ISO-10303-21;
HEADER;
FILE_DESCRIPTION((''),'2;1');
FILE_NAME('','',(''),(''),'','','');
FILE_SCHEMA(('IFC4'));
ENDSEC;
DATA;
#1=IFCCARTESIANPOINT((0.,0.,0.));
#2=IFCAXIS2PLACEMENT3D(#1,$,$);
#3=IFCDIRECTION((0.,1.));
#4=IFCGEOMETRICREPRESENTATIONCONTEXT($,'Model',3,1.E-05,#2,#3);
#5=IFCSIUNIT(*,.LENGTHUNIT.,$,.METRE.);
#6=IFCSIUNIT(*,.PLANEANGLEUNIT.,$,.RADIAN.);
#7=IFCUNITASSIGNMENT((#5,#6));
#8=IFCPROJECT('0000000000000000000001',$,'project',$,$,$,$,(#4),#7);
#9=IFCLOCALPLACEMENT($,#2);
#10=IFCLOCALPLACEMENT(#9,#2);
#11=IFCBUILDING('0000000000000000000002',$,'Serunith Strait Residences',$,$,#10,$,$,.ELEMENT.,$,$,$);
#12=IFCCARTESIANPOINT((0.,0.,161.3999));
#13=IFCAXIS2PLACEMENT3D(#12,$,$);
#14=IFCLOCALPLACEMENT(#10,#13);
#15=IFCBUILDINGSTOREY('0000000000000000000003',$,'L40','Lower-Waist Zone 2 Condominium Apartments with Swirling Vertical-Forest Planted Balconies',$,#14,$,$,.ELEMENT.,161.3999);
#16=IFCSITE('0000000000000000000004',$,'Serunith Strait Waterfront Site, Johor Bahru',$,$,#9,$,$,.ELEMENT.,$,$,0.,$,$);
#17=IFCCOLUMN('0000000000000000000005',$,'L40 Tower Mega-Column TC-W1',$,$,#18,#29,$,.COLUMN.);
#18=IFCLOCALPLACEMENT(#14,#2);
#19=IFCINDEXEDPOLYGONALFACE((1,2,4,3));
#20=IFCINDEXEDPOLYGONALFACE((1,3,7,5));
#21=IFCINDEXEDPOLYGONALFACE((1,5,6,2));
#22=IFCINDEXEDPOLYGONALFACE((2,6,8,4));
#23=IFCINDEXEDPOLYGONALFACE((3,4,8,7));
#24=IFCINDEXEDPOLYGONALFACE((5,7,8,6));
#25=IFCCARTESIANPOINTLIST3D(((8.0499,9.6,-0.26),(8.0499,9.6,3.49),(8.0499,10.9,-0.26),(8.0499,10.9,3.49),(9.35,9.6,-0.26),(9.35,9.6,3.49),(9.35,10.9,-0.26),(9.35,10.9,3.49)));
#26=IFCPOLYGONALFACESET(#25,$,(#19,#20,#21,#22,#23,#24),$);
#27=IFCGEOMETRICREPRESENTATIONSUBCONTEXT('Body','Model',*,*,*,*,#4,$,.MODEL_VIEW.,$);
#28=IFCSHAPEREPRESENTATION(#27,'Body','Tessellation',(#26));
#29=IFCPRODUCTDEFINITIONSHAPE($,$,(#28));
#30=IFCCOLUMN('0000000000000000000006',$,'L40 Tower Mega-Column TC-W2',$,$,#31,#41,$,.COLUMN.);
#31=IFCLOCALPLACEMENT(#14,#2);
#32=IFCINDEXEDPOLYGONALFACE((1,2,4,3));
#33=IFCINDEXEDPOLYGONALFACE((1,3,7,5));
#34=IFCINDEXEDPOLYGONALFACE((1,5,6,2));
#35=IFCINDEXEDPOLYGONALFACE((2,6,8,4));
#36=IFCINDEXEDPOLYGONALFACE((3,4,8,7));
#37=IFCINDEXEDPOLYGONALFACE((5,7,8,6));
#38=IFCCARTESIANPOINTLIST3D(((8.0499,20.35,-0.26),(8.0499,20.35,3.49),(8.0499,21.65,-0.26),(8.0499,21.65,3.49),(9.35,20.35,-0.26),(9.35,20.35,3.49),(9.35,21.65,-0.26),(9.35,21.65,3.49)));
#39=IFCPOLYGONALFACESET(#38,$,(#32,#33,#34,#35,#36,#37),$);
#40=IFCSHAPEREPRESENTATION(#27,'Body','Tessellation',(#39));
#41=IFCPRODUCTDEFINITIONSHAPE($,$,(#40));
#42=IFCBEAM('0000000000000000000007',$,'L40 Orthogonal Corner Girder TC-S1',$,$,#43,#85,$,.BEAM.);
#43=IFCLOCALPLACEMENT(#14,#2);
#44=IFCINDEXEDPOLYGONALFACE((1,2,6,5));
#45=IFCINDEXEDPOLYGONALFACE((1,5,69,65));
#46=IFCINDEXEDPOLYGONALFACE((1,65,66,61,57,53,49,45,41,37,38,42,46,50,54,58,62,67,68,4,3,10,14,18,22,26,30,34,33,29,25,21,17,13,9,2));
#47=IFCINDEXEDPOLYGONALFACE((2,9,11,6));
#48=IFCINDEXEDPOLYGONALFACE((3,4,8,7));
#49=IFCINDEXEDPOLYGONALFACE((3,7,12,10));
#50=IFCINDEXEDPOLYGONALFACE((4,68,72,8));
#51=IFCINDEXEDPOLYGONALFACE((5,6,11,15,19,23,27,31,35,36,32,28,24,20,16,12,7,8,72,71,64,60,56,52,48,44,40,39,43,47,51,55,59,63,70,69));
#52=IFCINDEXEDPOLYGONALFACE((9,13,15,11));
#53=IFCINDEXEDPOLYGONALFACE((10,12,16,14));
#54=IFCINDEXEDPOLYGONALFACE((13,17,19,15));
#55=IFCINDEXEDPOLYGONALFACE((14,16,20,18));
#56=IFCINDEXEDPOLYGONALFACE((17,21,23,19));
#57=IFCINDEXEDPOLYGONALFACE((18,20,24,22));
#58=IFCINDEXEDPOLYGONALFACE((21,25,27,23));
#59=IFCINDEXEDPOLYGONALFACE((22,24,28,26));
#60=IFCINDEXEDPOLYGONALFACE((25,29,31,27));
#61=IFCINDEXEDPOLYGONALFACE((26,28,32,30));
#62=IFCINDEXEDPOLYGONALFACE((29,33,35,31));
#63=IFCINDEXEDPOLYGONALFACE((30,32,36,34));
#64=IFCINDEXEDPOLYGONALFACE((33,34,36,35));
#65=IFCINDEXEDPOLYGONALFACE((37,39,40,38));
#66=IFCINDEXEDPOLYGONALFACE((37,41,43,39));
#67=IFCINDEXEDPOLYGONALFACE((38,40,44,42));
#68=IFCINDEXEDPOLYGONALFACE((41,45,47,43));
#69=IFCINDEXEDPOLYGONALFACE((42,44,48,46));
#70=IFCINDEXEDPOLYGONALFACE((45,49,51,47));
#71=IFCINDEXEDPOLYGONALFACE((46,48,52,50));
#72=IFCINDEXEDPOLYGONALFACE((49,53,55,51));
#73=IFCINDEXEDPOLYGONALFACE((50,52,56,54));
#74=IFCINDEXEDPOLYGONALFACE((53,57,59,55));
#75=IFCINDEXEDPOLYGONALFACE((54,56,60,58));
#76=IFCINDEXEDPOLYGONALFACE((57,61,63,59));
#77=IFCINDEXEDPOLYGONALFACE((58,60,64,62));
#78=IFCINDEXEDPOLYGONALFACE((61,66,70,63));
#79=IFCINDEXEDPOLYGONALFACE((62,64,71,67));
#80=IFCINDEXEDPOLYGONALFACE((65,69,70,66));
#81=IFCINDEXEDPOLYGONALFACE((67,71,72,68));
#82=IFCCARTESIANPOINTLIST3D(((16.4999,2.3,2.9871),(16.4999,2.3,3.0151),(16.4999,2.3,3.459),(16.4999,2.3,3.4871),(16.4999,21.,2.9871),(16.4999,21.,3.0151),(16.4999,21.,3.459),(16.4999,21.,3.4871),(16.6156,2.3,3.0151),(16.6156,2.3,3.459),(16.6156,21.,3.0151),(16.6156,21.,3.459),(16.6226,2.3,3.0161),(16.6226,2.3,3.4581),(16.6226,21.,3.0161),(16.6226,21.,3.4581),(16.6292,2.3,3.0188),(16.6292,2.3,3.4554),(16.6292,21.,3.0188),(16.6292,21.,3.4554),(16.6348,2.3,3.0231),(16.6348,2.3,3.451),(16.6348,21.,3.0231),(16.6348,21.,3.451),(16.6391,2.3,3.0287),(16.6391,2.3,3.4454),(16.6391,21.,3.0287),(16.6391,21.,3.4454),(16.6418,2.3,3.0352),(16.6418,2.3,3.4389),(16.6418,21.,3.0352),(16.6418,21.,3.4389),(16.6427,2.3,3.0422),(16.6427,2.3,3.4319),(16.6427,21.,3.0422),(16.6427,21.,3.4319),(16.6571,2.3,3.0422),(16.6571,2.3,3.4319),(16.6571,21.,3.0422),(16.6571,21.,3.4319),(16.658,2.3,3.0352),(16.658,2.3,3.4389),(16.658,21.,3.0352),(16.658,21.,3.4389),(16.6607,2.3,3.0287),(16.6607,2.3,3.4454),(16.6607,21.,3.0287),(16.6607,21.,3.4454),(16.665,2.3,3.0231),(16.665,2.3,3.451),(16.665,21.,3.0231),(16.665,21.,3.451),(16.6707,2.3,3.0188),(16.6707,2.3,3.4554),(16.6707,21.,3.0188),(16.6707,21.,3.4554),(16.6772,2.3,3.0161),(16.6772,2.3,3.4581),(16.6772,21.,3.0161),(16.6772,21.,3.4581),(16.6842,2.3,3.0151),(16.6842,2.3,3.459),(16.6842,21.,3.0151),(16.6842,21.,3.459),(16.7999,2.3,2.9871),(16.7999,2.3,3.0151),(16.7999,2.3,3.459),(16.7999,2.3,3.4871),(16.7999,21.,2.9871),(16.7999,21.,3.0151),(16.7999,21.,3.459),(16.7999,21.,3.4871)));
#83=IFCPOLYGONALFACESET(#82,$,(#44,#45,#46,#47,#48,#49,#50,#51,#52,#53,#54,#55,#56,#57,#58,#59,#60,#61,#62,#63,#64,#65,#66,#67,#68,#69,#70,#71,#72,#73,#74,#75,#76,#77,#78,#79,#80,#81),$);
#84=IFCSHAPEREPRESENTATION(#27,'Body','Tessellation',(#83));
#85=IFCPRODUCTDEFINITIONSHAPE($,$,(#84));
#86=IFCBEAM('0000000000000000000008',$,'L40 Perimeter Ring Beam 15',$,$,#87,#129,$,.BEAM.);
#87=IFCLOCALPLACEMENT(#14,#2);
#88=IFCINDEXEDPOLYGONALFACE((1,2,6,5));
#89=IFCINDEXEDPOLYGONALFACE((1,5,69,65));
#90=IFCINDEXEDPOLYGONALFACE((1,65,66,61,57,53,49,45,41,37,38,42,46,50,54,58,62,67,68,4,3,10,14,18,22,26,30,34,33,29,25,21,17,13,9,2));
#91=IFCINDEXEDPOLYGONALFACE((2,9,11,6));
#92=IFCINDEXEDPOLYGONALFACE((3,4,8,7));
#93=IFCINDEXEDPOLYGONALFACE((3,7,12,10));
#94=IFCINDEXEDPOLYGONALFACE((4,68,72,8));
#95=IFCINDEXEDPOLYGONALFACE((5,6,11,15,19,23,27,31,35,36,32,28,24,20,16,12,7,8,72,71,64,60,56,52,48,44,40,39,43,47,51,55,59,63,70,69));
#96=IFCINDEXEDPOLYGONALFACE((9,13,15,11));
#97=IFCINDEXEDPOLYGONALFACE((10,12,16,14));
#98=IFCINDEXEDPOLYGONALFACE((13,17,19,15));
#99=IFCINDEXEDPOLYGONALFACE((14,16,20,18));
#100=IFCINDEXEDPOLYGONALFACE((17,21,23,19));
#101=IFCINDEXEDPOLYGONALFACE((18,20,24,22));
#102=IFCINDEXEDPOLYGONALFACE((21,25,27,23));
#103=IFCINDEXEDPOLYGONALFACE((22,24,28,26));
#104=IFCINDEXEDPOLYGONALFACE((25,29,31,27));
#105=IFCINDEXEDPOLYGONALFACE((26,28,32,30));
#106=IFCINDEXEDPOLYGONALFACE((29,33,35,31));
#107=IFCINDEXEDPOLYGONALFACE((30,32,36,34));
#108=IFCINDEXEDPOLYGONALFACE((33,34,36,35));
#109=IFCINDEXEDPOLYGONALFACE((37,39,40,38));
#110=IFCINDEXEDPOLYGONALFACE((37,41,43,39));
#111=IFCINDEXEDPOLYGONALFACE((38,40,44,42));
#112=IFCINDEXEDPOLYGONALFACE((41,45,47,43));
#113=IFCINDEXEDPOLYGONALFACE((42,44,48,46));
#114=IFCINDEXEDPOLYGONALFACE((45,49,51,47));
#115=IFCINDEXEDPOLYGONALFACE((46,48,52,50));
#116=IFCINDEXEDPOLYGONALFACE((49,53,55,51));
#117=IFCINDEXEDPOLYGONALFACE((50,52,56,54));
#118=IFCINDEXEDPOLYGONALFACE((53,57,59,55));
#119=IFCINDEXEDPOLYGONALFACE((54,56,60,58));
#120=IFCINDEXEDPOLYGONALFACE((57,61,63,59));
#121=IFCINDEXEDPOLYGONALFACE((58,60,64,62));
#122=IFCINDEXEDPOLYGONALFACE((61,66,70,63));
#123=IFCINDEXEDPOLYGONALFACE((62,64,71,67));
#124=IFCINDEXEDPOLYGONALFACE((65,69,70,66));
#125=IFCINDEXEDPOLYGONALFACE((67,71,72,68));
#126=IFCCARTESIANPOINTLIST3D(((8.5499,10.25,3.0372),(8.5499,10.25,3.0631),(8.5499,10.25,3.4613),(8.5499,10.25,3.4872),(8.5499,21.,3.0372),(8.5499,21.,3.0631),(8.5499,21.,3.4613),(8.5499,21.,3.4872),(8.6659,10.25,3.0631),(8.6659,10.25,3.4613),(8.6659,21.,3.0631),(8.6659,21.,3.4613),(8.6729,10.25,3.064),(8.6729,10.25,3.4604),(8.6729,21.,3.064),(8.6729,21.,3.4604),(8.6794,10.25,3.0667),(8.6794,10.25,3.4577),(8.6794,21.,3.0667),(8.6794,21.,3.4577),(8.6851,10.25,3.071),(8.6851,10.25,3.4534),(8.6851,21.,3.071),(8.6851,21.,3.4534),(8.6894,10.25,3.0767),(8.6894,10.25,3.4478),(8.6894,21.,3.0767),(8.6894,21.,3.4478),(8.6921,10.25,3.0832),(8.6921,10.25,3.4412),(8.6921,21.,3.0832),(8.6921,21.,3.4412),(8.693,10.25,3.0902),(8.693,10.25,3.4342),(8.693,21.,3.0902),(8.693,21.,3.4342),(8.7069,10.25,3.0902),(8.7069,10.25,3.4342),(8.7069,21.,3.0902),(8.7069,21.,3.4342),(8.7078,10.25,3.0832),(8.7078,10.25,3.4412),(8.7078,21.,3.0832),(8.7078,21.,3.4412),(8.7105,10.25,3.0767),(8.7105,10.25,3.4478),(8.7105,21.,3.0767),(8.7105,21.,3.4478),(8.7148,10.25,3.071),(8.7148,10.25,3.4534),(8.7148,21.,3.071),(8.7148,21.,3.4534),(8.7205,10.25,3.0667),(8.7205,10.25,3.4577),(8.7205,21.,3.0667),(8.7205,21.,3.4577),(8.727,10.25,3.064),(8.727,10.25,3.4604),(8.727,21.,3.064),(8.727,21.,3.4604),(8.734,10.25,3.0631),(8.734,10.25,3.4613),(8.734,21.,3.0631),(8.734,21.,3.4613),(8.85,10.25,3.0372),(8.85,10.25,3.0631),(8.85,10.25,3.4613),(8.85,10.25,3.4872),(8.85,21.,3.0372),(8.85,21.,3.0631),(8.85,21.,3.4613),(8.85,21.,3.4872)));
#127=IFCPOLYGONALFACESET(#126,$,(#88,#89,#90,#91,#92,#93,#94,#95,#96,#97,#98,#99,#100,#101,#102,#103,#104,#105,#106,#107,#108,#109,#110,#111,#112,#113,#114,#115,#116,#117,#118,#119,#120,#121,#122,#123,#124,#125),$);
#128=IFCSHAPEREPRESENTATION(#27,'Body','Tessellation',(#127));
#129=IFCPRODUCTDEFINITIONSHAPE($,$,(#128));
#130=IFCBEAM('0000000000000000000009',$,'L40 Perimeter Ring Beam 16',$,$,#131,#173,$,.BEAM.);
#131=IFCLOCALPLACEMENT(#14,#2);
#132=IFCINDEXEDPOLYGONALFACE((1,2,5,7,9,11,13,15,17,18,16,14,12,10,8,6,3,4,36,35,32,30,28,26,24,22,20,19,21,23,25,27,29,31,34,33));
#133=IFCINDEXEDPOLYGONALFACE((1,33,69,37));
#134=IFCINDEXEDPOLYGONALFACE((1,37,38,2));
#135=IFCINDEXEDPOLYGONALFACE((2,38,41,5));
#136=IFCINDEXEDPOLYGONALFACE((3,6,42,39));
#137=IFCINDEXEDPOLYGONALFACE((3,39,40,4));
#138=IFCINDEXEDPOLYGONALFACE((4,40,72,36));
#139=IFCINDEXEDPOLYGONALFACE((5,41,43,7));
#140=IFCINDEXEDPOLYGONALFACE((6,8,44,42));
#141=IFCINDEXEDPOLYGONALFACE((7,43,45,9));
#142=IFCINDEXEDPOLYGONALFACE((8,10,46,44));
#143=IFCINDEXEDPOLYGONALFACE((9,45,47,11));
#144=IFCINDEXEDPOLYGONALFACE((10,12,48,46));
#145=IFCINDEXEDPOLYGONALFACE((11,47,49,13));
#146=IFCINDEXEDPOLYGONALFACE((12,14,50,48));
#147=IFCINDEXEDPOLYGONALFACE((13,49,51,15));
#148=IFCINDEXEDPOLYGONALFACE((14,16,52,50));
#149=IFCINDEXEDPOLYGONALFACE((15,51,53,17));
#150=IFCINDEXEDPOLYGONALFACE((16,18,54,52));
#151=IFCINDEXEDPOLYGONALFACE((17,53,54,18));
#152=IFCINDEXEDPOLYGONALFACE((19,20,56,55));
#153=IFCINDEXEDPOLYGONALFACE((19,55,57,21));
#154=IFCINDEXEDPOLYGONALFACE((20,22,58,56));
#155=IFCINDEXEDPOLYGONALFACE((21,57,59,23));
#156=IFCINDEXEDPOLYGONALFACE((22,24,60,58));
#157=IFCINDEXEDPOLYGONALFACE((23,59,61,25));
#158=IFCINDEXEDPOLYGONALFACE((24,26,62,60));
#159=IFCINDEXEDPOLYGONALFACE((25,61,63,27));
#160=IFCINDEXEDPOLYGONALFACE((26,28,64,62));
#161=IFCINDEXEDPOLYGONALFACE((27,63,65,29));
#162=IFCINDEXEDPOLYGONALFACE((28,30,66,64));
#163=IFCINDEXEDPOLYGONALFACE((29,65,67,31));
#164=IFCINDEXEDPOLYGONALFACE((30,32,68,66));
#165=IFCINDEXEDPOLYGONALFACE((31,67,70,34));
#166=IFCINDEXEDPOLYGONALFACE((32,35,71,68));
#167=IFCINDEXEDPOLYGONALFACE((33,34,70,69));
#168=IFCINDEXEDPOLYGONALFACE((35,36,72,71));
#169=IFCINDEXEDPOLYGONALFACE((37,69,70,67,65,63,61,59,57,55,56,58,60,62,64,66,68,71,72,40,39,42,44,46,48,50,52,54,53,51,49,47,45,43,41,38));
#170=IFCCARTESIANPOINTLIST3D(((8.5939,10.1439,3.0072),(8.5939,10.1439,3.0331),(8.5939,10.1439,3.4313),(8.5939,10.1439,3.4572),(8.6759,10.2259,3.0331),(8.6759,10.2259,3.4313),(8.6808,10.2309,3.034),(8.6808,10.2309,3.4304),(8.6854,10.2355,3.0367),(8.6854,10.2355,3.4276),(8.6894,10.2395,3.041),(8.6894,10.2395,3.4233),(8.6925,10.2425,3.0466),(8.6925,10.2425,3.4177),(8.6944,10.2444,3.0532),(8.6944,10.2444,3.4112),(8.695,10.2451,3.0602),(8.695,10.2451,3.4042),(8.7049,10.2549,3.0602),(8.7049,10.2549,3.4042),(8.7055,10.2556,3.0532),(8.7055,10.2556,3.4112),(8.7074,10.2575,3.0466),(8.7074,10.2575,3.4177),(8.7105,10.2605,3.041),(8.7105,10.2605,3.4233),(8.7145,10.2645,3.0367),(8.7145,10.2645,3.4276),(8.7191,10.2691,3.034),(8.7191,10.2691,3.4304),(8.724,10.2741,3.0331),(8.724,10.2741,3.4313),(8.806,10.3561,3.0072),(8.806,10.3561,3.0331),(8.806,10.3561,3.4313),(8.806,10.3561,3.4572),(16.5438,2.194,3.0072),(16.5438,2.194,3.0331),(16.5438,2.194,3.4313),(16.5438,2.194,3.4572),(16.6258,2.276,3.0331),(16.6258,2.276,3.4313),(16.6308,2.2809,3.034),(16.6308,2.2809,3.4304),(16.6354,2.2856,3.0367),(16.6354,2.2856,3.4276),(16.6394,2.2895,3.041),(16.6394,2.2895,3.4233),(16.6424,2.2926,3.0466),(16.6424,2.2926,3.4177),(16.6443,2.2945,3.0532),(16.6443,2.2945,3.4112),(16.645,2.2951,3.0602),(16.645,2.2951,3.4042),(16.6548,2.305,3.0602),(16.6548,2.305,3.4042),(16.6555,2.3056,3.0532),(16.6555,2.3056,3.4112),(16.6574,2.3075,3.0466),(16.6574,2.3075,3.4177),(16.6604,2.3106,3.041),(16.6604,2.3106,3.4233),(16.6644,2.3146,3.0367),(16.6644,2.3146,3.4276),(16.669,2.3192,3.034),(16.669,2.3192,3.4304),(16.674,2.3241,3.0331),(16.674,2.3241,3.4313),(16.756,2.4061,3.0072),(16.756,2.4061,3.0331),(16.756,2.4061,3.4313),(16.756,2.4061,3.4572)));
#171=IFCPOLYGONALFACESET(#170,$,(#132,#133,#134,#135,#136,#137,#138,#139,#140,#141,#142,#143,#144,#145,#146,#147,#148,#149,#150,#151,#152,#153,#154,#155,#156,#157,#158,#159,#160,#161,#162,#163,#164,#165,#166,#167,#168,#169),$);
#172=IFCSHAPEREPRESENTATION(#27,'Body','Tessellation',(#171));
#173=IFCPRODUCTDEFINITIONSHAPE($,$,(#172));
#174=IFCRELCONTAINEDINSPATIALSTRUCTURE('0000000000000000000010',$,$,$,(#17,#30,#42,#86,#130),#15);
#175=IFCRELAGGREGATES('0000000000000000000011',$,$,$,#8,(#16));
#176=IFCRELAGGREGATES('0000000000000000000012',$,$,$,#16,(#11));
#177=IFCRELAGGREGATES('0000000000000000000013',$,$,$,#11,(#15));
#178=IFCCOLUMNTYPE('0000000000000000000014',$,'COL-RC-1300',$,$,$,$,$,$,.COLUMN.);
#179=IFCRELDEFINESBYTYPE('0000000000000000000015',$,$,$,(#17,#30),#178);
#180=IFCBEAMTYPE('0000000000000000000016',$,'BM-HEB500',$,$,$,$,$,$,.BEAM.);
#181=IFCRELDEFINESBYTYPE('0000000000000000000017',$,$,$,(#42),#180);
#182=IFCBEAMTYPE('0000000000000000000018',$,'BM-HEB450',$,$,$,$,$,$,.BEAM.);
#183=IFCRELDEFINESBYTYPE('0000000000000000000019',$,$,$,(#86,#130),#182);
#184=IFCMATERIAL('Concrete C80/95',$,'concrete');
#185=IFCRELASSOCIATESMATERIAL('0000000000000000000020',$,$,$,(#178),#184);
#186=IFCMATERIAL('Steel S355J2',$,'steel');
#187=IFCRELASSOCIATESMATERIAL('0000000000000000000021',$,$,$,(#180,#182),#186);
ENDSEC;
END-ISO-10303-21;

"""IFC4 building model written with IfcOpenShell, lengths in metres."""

from ifc_helpers import new_model, si_unit, direction, frame, origin, origin_2d, place, context, subcontext, project, spatial, rectangle, i_section, extrude, source, transform, mapped, material, material_profile, profile_set, type_object, element, save


model = new_model("IFC4")

# Units and contexts
model_context = context("Model", 3, precision=1e-05, world=origin(), true_north=direction((0.0, 1.0)))
body_context = subcontext(model_context, "Body", "Model", "MODEL_VIEW")
ifc_project = project(units=[si_unit("LENGTHUNIT", "METRE"), si_unit("PLANEANGLEUNIT", "RADIAN")], contexts=[model_context])

# Site, building, storey
site_placement = place(None, origin())
site = spatial("IfcSite", under=ifc_project, at=site_placement, Name="Serunith Strait Waterfront Site, Johor Bahru", CompositionType="ELEMENT", RefElevation=0.0)
building_placement = place(site_placement, origin())
building = spatial("IfcBuilding", under=site, at=building_placement, Name="Serunith Strait Residences", CompositionType="ELEMENT")
storey_placement = place(building_placement, frame((0.0, 0.0, 161.3999)))
storey = spatial("IfcBuildingStorey", under=building, at=storey_placement, Name="L40", Description="Lower-Waist Zone 2 Condominium Apartments with Swirling Vertical-Forest Planted Balconies", CompositionType="ELEMENT", Elevation=161.3999)

# Columns
ifc_material_1 = material(Name="Concrete C80/95", Category="concrete")
ifc_material_profile_1 = material_profile(ifc_material_1, rectangle(XDim=1.3, YDim=1.3, at=origin_2d()), Name="RC 1300x1300")
ifc_profile_set_1 = profile_set([ifc_material_profile_1], Name="Concrete C80/95")
column_type = type_object("IfcColumnType", Name="COL-RC-1300", PredefinedType="COLUMN", material=ifc_profile_set_1)
shared_shape_1 = source(origin(), body_context, "Body", "SweptSolid", [
    extrude(rectangle(XDim=1.3, YDim=1.3, at=origin_2d()), origin(), (0.0, 0.0, 1.0), 3.75),
])
for number, where, z_axis, x_axis, name in (
    (1, (8.7, 10.25, -0.26), (0.0, 0.0, 1.0), (1.0, 0.0, 0.0), "L40 Tower Mega-Column TC-W1"),
    (2, (8.7, 21.0, -0.26), (0.0, 0.0, 1.0), (1.0, 0.0, 0.0), "L40 Tower Mega-Column TC-W2"),
):
    element("IfcColumn", number, at=place(storey_placement, frame(where, z_axis=z_axis, x_axis=x_axis)), inside=storey, type_object=column_type, Name=name, PredefinedType="COLUMN", context=body_context, shape_type="MappedRepresentation", body=[
        mapped(shared_shape_1, transform((0.0, 0.0, 0.0), scale=1.0)),
    ])

# Beams
ifc_material_2 = material(Name="Steel S355J2", Category="steel")
ifc_material_profile_2 = material_profile(ifc_material_2, i_section(OverallWidth=0.3, OverallDepth=0.5, WebThickness=0.0144, FlangeThickness=0.0281, FilletRadius=0.0271, at=origin_2d()), Name="HEB 500")
ifc_profile_set_2 = profile_set([ifc_material_profile_2], Name="Steel S355J2")
beam_type_1 = type_object("IfcBeamType", Name="BM-HEB500", PredefinedType="BEAM", material=ifc_profile_set_2)
shared_shape_2 = source(origin(), body_context, "Body", "SweptSolid", [
    extrude(i_section(OverallWidth=0.3, OverallDepth=0.5, WebThickness=0.0144, FlangeThickness=0.0281, FilletRadius=0.0271, at=origin_2d()), origin(), (0.0, 0.0, 1.0), 18.7),
])
beam_1_placement = place(storey_placement, frame((16.6499, 21.0, 3.2371), z_axis=(0.0, -1.0, 0.0), x_axis=(1.0, 0.0, 0.0)))
element("IfcBeam", 3, at=beam_1_placement, inside=storey, type_object=beam_type_1, Name="L40 Orthogonal Corner Girder TC-S1", PredefinedType="BEAM", context=body_context, shape_type="MappedRepresentation", body=[
    mapped(shared_shape_2, transform((0.0, 0.0, 0.0), scale=1.0)),
])
ifc_material_profile_3 = material_profile(ifc_material_2, i_section(OverallWidth=0.3, OverallDepth=0.45, WebThickness=0.0139, FlangeThickness=0.0259, FilletRadius=0.0271, at=origin_2d()), Name="HEB 450")
ifc_profile_set_3 = profile_set([ifc_material_profile_3], Name="Steel S355J2")
beam_type_2 = type_object("IfcBeamType", Name="BM-HEB450", PredefinedType="BEAM", material=ifc_profile_set_3)
shared_shape_3 = source(origin(), body_context, "Body", "SweptSolid", [
    extrude(i_section(OverallWidth=0.3, OverallDepth=0.45, WebThickness=0.0139, FlangeThickness=0.0259, FilletRadius=0.0271, at=origin_2d()), origin(), (0.0, 0.0, 1.0), 10.75),
])
beam_2_placement = place(storey_placement, frame((8.7, 21.0, 3.2622), z_axis=(0.0, -1.0, 0.0), x_axis=(1.0, 0.0, 0.0)))
element("IfcBeam", 4, at=beam_2_placement, inside=storey, type_object=beam_type_2, Name="L40 Perimeter Ring Beam 15", PredefinedType="BEAM", context=body_context, shape_type="MappedRepresentation", body=[
    mapped(shared_shape_3, transform((0.0, 0.0, 0.0), scale=1.0)),
])
shared_shape_4 = source(origin(), body_context, "Body", "SweptSolid", [
    extrude(i_section(OverallWidth=0.3, OverallDepth=0.45, WebThickness=0.0139, FlangeThickness=0.0259, FilletRadius=0.0271, at=origin_2d()), origin(), (0.0, 0.0, 1.0), 11.2429),
])
beam_3_placement = place(storey_placement, frame((8.7, 10.25, 3.2322), z_axis=(0.707107, -0.707107, 0.0), x_axis=(0.707107, 0.707107, 0.0)))
element("IfcBeam", 5, at=beam_3_placement, inside=storey, type_object=beam_type_2, Name="L40 Perimeter Ring Beam 16", PredefinedType="BEAM", context=body_context, shape_type="MappedRepresentation", body=[
    mapped(shared_shape_4, transform((0.0, 0.0, 0.0), scale=1.0)),
])

save(model, "model.ifc")
